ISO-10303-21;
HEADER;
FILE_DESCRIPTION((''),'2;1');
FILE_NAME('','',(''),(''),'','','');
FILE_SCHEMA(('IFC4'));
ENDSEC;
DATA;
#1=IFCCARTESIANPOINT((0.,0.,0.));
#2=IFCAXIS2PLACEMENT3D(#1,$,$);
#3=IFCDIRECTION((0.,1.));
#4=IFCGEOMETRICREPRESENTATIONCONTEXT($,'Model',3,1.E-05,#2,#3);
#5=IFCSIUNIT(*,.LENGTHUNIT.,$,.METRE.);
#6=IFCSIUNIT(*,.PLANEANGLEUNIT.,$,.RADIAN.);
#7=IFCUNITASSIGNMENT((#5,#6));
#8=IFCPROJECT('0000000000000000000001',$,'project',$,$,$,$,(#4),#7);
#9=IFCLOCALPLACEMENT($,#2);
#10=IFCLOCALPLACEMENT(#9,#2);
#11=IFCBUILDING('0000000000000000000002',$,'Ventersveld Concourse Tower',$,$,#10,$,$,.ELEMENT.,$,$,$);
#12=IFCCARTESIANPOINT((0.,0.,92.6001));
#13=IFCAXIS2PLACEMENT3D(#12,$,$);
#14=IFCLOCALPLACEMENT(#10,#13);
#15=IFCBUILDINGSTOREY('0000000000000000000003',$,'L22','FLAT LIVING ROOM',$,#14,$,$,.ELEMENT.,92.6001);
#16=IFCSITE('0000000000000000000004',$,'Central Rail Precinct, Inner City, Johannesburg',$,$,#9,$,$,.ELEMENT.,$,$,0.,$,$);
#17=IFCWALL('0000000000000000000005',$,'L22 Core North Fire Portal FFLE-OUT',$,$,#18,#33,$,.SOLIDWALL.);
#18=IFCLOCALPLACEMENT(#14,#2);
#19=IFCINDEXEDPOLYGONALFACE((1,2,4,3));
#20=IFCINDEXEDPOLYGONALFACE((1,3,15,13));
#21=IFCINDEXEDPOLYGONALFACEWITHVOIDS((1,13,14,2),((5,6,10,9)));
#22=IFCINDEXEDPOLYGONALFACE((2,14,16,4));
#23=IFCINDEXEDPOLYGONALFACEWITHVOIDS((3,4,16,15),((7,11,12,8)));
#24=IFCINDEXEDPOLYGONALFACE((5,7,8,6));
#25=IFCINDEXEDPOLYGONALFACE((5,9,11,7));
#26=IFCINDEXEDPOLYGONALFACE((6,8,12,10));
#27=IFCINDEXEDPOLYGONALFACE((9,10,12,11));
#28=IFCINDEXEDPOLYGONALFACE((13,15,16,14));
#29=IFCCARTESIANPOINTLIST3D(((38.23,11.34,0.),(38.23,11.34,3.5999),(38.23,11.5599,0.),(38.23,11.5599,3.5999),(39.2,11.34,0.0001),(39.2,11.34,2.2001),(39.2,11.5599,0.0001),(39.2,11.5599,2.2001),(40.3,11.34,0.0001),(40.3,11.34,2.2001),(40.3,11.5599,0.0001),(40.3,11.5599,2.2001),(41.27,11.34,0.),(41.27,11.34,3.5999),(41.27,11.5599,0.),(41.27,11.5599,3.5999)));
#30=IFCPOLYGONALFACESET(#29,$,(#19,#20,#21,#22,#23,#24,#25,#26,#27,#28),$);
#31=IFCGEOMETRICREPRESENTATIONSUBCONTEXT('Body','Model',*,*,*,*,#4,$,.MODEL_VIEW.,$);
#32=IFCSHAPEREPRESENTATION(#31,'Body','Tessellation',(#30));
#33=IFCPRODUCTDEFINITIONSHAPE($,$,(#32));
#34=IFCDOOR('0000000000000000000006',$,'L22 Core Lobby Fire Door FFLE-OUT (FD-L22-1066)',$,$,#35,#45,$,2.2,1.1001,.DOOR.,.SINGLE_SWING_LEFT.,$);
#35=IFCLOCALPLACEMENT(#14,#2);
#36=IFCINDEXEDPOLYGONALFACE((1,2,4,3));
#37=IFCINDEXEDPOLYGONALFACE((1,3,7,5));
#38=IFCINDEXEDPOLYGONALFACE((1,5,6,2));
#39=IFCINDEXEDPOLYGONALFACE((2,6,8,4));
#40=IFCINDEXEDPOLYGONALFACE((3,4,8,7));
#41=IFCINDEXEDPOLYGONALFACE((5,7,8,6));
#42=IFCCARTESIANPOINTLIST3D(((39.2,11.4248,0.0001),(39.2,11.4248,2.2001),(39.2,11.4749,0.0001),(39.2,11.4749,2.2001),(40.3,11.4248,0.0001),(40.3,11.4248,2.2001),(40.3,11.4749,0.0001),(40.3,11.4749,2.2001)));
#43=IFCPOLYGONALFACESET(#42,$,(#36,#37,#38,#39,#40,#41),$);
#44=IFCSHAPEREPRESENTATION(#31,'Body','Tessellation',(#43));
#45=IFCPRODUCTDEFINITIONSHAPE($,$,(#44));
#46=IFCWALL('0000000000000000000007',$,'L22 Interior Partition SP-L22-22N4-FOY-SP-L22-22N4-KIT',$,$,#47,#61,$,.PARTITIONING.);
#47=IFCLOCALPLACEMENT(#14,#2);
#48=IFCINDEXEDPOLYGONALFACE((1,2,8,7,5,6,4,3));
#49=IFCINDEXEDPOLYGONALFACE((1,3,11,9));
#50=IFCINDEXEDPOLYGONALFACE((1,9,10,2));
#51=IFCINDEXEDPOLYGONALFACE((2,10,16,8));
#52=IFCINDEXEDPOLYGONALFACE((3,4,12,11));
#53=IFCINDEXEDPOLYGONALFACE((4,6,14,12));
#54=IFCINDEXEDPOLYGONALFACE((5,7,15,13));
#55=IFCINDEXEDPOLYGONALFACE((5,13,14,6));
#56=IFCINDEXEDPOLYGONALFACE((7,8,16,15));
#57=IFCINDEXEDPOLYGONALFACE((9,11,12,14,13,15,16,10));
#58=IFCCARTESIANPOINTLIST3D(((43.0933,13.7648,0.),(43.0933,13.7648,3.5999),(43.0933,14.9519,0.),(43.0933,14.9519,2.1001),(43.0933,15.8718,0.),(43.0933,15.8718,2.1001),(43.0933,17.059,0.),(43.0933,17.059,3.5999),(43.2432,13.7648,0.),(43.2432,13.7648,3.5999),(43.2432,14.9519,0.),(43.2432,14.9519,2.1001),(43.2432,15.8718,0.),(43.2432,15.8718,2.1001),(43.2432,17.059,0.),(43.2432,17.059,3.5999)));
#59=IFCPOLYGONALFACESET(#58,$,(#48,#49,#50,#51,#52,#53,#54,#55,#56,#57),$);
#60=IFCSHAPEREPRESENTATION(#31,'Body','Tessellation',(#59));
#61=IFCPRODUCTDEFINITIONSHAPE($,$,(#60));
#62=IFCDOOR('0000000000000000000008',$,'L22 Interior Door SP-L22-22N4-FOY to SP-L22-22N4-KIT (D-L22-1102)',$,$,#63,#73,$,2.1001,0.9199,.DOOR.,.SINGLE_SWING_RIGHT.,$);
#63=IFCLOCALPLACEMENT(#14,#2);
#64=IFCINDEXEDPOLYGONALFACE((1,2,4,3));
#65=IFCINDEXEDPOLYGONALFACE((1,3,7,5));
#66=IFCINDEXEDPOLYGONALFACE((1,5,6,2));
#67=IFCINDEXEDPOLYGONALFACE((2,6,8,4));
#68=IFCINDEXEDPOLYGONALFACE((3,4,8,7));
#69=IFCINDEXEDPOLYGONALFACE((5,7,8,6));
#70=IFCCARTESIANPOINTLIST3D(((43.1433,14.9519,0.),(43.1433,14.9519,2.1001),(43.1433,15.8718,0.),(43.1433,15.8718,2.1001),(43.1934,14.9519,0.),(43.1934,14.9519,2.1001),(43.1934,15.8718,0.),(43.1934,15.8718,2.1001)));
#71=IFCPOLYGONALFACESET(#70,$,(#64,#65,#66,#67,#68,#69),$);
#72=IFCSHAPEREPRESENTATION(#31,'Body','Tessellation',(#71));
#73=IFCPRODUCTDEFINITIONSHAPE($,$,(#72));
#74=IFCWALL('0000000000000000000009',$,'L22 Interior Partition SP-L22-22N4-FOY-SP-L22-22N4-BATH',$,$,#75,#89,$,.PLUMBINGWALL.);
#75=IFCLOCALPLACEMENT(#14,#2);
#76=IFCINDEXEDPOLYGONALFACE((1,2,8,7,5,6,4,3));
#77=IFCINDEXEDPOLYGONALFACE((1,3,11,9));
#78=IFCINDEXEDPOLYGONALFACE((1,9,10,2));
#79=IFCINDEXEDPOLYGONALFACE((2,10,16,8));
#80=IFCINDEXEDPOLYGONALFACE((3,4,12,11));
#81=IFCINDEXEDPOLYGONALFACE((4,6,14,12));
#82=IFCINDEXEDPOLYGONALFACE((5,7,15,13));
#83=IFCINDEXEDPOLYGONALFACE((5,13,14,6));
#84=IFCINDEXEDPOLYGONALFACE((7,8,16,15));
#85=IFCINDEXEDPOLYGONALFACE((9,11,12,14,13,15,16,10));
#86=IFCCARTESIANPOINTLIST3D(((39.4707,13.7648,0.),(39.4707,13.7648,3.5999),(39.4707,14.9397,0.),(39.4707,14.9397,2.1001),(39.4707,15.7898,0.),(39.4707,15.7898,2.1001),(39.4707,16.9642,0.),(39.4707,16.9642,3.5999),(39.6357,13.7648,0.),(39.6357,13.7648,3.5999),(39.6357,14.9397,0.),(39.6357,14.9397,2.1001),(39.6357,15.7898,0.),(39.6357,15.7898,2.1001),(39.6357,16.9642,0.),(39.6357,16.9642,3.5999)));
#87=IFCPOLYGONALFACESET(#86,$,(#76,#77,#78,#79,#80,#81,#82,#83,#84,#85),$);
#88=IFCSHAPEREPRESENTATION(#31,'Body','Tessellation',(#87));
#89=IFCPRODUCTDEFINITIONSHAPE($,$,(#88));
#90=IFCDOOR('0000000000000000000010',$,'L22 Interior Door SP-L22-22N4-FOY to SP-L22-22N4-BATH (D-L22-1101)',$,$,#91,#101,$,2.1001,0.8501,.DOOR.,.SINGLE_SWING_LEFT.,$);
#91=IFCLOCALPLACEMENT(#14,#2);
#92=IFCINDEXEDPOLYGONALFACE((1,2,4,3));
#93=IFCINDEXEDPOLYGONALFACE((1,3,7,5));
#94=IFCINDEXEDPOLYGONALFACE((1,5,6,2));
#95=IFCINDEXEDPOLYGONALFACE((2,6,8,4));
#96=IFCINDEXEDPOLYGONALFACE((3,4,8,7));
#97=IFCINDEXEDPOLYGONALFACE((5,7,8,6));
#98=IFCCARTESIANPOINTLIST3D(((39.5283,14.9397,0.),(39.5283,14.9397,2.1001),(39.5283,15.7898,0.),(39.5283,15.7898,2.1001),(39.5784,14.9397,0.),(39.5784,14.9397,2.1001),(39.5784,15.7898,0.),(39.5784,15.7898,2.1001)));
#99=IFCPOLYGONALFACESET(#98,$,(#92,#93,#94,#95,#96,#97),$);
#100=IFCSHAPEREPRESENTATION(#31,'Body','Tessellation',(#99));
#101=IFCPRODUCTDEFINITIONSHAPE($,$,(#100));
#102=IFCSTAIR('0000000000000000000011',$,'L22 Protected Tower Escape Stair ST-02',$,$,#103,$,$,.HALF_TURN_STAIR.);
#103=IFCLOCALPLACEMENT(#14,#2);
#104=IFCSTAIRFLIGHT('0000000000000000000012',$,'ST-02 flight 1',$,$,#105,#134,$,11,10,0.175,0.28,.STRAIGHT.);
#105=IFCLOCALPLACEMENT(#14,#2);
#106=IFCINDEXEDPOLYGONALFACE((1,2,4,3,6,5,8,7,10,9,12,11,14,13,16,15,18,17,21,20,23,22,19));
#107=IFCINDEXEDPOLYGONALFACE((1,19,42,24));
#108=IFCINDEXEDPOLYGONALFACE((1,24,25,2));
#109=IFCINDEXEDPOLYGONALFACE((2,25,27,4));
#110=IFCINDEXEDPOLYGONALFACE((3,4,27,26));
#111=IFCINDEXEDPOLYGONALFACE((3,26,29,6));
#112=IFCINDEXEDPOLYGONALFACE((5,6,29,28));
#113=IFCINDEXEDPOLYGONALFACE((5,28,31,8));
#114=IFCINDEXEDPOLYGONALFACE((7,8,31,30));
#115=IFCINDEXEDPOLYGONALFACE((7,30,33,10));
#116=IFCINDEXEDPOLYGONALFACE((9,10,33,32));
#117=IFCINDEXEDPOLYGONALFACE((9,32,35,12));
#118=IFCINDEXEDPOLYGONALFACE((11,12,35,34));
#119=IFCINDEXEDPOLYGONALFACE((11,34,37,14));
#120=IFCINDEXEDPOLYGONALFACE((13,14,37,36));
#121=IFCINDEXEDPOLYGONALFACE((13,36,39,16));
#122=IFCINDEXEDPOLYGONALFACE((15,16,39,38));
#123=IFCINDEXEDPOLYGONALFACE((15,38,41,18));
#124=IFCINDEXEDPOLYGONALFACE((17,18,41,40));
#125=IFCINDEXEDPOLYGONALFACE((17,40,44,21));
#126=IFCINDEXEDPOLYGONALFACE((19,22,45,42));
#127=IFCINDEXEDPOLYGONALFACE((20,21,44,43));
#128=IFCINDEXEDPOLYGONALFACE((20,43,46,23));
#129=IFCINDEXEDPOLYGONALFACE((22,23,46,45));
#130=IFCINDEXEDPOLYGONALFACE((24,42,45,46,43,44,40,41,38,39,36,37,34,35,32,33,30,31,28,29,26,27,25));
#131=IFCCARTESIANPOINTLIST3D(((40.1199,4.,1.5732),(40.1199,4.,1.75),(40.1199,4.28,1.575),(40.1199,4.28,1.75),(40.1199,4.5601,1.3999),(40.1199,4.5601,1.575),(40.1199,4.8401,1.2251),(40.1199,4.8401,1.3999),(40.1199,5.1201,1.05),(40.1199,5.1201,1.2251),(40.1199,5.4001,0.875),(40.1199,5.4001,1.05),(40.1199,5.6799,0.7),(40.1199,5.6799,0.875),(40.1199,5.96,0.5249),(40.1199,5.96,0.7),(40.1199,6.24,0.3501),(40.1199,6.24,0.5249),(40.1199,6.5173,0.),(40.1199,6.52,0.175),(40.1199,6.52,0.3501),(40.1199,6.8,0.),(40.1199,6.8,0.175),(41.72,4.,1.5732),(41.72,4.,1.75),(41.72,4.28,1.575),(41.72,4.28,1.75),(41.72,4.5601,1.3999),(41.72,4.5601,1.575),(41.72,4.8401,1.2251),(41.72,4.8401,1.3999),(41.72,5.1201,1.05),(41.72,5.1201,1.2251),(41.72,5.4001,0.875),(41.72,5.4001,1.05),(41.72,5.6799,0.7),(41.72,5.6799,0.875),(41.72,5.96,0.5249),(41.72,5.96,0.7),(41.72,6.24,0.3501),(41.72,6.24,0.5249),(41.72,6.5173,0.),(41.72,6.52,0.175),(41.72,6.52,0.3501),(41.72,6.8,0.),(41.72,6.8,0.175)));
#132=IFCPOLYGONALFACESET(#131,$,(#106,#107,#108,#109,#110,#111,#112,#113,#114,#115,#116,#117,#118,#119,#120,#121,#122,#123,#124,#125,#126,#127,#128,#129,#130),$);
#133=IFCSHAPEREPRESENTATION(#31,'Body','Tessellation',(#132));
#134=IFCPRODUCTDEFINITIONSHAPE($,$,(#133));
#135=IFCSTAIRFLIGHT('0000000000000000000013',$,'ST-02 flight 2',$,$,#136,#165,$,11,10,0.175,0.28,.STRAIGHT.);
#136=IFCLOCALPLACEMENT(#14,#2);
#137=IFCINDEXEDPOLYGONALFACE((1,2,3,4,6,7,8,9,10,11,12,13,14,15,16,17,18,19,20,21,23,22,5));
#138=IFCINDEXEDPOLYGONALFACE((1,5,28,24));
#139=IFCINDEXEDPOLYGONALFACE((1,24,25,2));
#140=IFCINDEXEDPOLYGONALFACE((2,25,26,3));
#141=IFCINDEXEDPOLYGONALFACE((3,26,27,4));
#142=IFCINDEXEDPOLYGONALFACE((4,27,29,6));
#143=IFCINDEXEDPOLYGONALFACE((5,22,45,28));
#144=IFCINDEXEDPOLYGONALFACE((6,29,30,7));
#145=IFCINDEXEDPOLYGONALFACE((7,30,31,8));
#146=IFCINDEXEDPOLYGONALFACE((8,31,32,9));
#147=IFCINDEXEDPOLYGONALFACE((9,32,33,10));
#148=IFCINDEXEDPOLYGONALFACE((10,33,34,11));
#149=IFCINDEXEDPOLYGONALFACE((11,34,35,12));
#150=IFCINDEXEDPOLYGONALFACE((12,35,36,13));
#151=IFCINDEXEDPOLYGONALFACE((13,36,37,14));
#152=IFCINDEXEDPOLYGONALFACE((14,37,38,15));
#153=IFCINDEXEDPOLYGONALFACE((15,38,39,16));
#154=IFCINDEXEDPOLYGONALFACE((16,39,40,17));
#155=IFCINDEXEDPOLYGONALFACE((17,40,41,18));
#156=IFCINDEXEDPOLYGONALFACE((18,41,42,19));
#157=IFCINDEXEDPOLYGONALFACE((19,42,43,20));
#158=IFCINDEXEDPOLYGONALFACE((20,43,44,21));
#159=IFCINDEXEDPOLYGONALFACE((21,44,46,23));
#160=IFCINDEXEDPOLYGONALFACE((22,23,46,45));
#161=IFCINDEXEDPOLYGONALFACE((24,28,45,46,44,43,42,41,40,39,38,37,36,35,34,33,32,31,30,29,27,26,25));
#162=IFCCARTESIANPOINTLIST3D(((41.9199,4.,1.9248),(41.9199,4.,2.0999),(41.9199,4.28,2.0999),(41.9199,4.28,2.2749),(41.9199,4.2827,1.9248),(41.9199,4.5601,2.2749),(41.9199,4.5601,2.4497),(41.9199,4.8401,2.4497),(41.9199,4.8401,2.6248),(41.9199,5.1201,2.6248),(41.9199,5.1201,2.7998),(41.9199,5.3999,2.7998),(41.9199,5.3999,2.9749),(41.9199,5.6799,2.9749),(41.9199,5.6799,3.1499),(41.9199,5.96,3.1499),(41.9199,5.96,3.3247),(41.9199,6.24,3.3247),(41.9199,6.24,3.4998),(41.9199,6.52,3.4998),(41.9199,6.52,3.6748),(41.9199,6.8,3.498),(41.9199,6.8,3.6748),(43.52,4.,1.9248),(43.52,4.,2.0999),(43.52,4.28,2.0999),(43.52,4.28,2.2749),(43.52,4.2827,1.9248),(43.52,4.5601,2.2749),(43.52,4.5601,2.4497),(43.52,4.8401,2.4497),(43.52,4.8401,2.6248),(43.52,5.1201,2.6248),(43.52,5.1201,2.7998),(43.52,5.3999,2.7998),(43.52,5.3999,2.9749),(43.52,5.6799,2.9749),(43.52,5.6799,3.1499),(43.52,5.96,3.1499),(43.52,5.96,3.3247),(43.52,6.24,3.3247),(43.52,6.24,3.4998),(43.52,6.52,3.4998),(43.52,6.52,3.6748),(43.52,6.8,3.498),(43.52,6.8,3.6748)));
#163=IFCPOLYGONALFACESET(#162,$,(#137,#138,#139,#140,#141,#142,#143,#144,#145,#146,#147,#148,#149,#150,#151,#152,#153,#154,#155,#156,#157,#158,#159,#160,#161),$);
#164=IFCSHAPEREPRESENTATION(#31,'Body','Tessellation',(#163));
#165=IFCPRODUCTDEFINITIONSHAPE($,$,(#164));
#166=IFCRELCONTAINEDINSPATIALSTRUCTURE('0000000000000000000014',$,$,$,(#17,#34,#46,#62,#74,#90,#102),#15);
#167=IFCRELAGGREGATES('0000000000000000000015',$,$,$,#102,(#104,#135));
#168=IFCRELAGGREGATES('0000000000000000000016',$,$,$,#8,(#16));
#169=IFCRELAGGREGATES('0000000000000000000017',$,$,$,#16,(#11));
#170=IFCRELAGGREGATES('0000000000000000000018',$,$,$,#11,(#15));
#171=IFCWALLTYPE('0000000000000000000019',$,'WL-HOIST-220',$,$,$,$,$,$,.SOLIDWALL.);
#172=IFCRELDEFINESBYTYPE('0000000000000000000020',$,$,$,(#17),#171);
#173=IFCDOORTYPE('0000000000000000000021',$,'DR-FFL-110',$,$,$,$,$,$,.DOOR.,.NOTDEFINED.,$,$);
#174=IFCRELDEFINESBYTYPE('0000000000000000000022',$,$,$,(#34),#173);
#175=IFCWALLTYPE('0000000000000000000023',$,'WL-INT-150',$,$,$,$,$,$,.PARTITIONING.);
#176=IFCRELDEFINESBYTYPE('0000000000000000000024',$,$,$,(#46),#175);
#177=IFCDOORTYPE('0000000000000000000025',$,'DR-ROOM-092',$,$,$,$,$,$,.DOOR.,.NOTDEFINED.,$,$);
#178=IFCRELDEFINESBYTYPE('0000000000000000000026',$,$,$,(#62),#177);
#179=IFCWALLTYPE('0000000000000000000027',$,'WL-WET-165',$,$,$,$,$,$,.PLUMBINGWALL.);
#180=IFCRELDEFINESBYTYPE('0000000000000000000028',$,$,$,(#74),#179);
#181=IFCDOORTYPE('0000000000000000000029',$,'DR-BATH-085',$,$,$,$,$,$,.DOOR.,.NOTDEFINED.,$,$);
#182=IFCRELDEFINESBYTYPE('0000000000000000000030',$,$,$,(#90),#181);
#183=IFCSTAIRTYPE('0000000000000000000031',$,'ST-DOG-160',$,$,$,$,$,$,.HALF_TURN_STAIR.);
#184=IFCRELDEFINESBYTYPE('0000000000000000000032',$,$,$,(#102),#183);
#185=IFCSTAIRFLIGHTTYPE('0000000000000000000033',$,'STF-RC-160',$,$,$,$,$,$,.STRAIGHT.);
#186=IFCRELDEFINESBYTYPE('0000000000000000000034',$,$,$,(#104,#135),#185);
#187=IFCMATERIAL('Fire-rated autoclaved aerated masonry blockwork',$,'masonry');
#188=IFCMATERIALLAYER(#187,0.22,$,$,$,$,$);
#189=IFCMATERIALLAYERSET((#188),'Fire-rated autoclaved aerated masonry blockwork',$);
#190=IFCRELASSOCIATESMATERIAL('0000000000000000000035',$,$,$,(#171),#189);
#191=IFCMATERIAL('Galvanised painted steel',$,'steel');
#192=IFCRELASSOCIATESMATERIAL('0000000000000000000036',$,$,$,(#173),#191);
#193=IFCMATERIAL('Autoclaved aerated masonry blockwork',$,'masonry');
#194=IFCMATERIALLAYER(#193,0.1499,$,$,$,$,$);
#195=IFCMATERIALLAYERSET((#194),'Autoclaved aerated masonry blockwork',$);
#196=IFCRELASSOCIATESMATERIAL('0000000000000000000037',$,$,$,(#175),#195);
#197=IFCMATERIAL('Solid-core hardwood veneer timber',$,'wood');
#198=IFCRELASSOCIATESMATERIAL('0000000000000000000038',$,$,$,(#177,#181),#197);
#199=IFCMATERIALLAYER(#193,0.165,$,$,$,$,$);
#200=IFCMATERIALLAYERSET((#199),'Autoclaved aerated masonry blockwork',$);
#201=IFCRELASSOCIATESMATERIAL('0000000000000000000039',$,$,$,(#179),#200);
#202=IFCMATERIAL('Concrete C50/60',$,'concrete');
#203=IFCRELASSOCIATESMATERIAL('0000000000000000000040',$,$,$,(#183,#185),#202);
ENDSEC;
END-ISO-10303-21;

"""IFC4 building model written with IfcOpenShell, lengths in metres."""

from ifc_helpers import new_model, si_unit, direction, frame, frame_2d, origin, place, context, subcontext, project, spatial, polyline, rectangle, outline, extrude, material, layer, layer_set, type_object, element, fill, aggregate, save


model = new_model("IFC4")

# Units and contexts
model_context = context("Model", 3, precision=1e-05, world=origin(), true_north=direction((0.0, 1.0)))
body_context = subcontext(model_context, "Body", "Model", "MODEL_VIEW")
ifc_project = project(units=[si_unit("LENGTHUNIT", "METRE"), si_unit("PLANEANGLEUNIT", "RADIAN")], contexts=[model_context])

# Site, building, storey
site_placement = place(None, origin())
site = spatial("IfcSite", under=ifc_project, at=site_placement, Name="Central Rail Precinct, Inner City, Johannesburg", CompositionType="ELEMENT", RefElevation=0.0)
building_placement = place(site_placement, origin())
building = spatial("IfcBuilding", under=site, at=building_placement, Name="Ventersveld Concourse Tower", CompositionType="ELEMENT")
storey_placement = place(building_placement, frame((0.0, 0.0, 92.6001)))
storey = spatial("IfcBuildingStorey", under=building, at=storey_placement, Name="L22", Description="FLAT LIVING ROOM", CompositionType="ELEMENT", Elevation=92.6001)

# Shared definitions
ifc_material_1 = material(Name="Fire-rated autoclaved aerated masonry blockwork", Category="masonry")
ifc_layer_1 = layer(ifc_material_1, 0.22)
ifc_layer_set_1 = layer_set([ifc_layer_1], Name="Fire-rated autoclaved aerated masonry blockwork")
wall_type_1 = type_object("IfcWallType", Name="WL-HOIST-220", PredefinedType="SOLIDWALL", material=ifc_layer_set_1)

# Walls, openings, doors
ifc_material_2 = material(Name="Galvanised painted steel", Category="steel")
wall_1_placement = place(storey_placement, frame((38.23, 11.45, 0.0), z_axis=(0.0, 0.0, 1.0), x_axis=(1.0, 0.0, 0.0)))
wall_1 = element("IfcWall", 1, at=wall_1_placement, inside=storey, type_object=wall_type_1, Name="L22 Core North Fire Portal FFLE-OUT", PredefinedType="SOLIDWALL", context=body_context, shape_type="SweptSolid", body=[
    extrude(rectangle(XDim=3.04, YDim=0.22, at=frame_2d((1.52, 0.0))), origin(), (0.0, 0.0, 1.0), 3.5999),
])
opening_1_placement = place(wall_1_placement, frame((0.97, 0.0, 0.0)))
opening_1 = element("IfcOpeningElement", 2, at=opening_1_placement, cuts=wall_1, PredefinedType="OPENING", context=body_context, shape_type="SweptSolid", body=[
    extrude(rectangle(XDim=1.1001, YDim=2.2, at=frame_2d((0.55, 1.1001))), frame((0.0, 0.1201, 0.0), z_axis=(0.0, -1.0, 0.0), x_axis=(1.0, 0.0, 0.0)), (0.0, 0.0, 1.0), 0.24),
])
door_type_1 = type_object("IfcDoorType", Name="DR-FFL-110", OperationType="NOTDEFINED", PredefinedType="DOOR", material=ifc_material_2)
door_1_placement = place(opening_1_placement, origin())
door_1 = element("IfcDoor", 3, at=door_1_placement, inside=storey, type_object=door_type_1, Name="L22 Core Lobby Fire Door FFLE-OUT (FD-L22-1066)", OperationType="SINGLE_SWING_LEFT", OverallHeight=2.2, OverallWidth=1.1001, PredefinedType="DOOR", context=body_context, shape_type="SweptSolid", body=[
    extrude(rectangle(XDim=1.1001, YDim=2.2, at=frame_2d((0.55, 1.1001))), frame((0.0, 0.0249, 0.0), z_axis=(0.0, -1.0, 0.0), x_axis=(1.0, 0.0, 0.0)), (0.0, 0.0, 1.0), 0.05),
])
fill(opening_1, door_1)
ifc_material_3 = material(Name="Autoclaved aerated masonry blockwork", Category="masonry")
ifc_layer_2 = layer(ifc_material_3, 0.1499)
ifc_layer_set_2 = layer_set([ifc_layer_2], Name="Autoclaved aerated masonry blockwork")
wall_type_2 = type_object("IfcWallType", Name="WL-INT-150", PredefinedType="PARTITIONING", material=ifc_layer_set_2)
wall_2_placement = place(storey_placement, frame((43.1682, 13.7649, 0.0), z_axis=(0.0, 0.0, 1.0), x_axis=(0.0, 1.0, 0.0)))
wall_2 = element("IfcWall", 4, at=wall_2_placement, inside=storey, type_object=wall_type_2, Name="L22 Interior Partition SP-L22-22N4-FOY-SP-L22-22N4-KIT", PredefinedType="PARTITIONING", context=body_context, shape_type="SweptSolid", body=[
    extrude(rectangle(XDim=3.2942, YDim=0.1499, at=frame_2d((1.647, 0.0))), origin(), (0.0, 0.0, 1.0), 3.5999),
])
opening_2_placement = place(wall_2_placement, frame((1.187, 0.0, 0.0)))
opening_2 = element("IfcOpeningElement", 5, at=opening_2_placement, cuts=wall_2, PredefinedType="OPENING", context=body_context, shape_type="SweptSolid", body=[
    extrude(rectangle(XDim=0.9199, YDim=2.1001, at=frame_2d((0.46, 1.05))), frame((0.0, 0.085, 0.0), z_axis=(0.0, -1.0, 0.0), x_axis=(1.0, 0.0, 0.0)), (0.0, 0.0, 1.0), 0.1699),
])
ifc_material_4 = material(Name="Solid-core hardwood veneer timber", Category="wood")
door_type_2 = type_object("IfcDoorType", Name="DR-ROOM-092", OperationType="NOTDEFINED", PredefinedType="DOOR", material=ifc_material_4)
door_2_placement = place(opening_2_placement, origin())
door_2 = element("IfcDoor", 6, at=door_2_placement, inside=storey, type_object=door_type_2, Name="L22 Interior Door SP-L22-22N4-FOY to SP-L22-22N4-KIT (D-L22-1102)", OperationType="SINGLE_SWING_RIGHT", OverallHeight=2.1001, OverallWidth=0.9199, PredefinedType="DOOR", context=body_context, shape_type="SweptSolid", body=[
    extrude(rectangle(XDim=0.9199, YDim=2.1001, at=frame_2d((0.46, 1.05))), frame((0.0, 0.0249, 0.0), z_axis=(0.0, -1.0, 0.0), x_axis=(1.0, 0.0, 0.0)), (0.0, 0.0, 1.0), 0.05),
])
fill(opening_2, door_2)
ifc_layer_3 = layer(ifc_material_3, 0.165)
ifc_layer_set_3 = layer_set([ifc_layer_3], Name="Autoclaved aerated masonry blockwork")
wall_type_3 = type_object("IfcWallType", Name="WL-WET-165", PredefinedType="PLUMBINGWALL", material=ifc_layer_set_3)
wall_3_placement = place(storey_placement, frame((39.5532, 13.7649, 0.0), z_axis=(0.0, 0.0, 1.0), x_axis=(0.0, 1.0, 0.0)))
wall_3 = element("IfcWall", 7, at=wall_3_placement, inside=storey, type_object=wall_type_3, Name="L22 Interior Partition SP-L22-22N4-FOY-SP-L22-22N4-BATH", PredefinedType="PLUMBINGWALL", context=body_context, shape_type="SweptSolid", body=[
    extrude(rectangle(XDim=3.1995, YDim=0.165, at=frame_2d((1.5996, 0.0))), origin(), (0.0, 0.0, 1.0), 3.5999),
])
opening_3_placement = place(wall_3_placement, frame((1.1748, 0.0, 0.0)))
opening_3 = element("IfcOpeningElement", 8, at=opening_3_placement, cuts=wall_3, PredefinedType="OPENING", context=body_context, shape_type="SweptSolid", body=[
    extrude(rectangle(XDim=0.8501, YDim=2.1001, at=frame_2d((0.425, 1.05))), frame((0.0, 0.0925, 0.0), z_axis=(0.0, -1.0, 0.0), x_axis=(1.0, 0.0, 0.0)), (0.0, 0.0, 1.0), 0.1851),
])
door_type_3 = type_object("IfcDoorType", Name="DR-BATH-085", OperationType="NOTDEFINED", PredefinedType="DOOR", material=ifc_material_4)
door_3_placement = place(opening_3_placement, origin())
door_3 = element("IfcDoor", 9, at=door_3_placement, inside=storey, type_object=door_type_3, Name="L22 Interior Door SP-L22-22N4-FOY to SP-L22-22N4-BATH (D-L22-1101)", OperationType="SINGLE_SWING_LEFT", OverallHeight=2.1001, OverallWidth=0.8501, PredefinedType="DOOR", context=body_context, shape_type="SweptSolid", body=[
    extrude(rectangle(XDim=0.8501, YDim=2.1001, at=frame_2d((0.425, 1.05))), frame((0.0, 0.0249, 0.0), z_axis=(0.0, -1.0, 0.0), x_axis=(1.0, 0.0, 0.0)), (0.0, 0.0, 1.0), 0.05),
])
fill(opening_3, door_3)

# Stair, stair flights
ifc_material_5 = material(Name="Concrete C50/60", Category="concrete")
stair_type = type_object("IfcStairType", Name="ST-DOG-160", PredefinedType="HALF_TURN_STAIR", material=ifc_material_5)
stair_placement = place(storey_placement, origin())
stair = element("IfcStair", 10, at=stair_placement, inside=storey, type_object=stair_type, Name="L22 Protected Tower Escape Stair ST-02", PredefinedType="HALF_TURN_STAIR")
stair_flight_type = type_object("IfcStairFlightType", Name="STF-RC-160", PredefinedType="STRAIGHT", material=ifc_material_5)
stair_flight_1_placement = place(storey_placement, frame((40.9199, 6.8, 0.0), z_axis=(0.0, 0.0, 1.0), x_axis=(0.0, -1.0, 0.0)))
stair_flight_1 = element("IfcStairFlight", 11, at=stair_flight_1_placement, type_object=stair_flight_type, Name="ST-02 flight 1", NumberOfRisers=11, NumberOfTreads=10, PredefinedType="STRAIGHT", RiserHeight=0.175, TreadLength=0.28, context=body_context, shape_type="SweptSolid", body=[
    extrude(outline(polyline([(0.0, 0.0), (0.0, 0.175), (0.28, 0.175), (0.28, 0.3501), (0.5601, 0.3501), (0.5601, 0.5249), (0.8401, 0.5249), (0.8401, 0.7), (1.1201, 0.7), (1.1201, 0.875), (1.3999, 0.875), (1.3999, 1.05), (1.6799, 1.05), (1.6799, 1.2251), (1.96, 1.2251), (1.96, 1.3999), (2.24, 1.3999), (2.24, 1.575), (2.52, 1.575), (2.52, 1.75), (2.8, 1.75), (2.8, 1.925), (2.8, 1.5732), (0.2827, 0.0), (0.0, 0.0)])), frame((0.0, 0.8, 0.0), z_axis=(0.0, -1.0, 0.0), x_axis=(1.0, 0.0, 0.0)), (0.0, 0.0, 1.0), 1.6001),
])
stair_flight_2_placement = place(storey_placement, frame((42.72, 4.0, 1.9248), z_axis=(0.0, 0.0, 1.0), x_axis=(0.0, 1.0, 0.0)))
stair_flight_2 = element("IfcStairFlight", 12, at=stair_flight_2_placement, type_object=stair_flight_type, Name="ST-02 flight 2", NumberOfRisers=11, NumberOfTreads=10, PredefinedType="STRAIGHT", RiserHeight=0.175, TreadLength=0.28, context=body_context, shape_type="SweptSolid", body=[
    extrude(outline(polyline([(0.0, 0.0), (0.0, 0.175), (0.28, 0.175), (0.28, 0.3501), (0.5601, 0.3501), (0.5601, 0.5249), (0.8401, 0.5249), (0.8401, 0.7), (1.1201, 0.7), (1.1201, 0.875), (1.3999, 0.875), (1.3999, 1.05), (1.6799, 1.05), (1.6799, 1.2251), (1.96, 1.2251), (1.96, 1.3999), (2.24, 1.3999), (2.24, 1.575), (2.52, 1.575), (2.52, 1.75), (2.8, 1.75), (2.8, 1.925), (2.8, 1.5732), (0.2827, 0.0), (0.0, 0.0)])), frame((0.0, 0.8, 0.0), z_axis=(0.0, -1.0, 0.0), x_axis=(1.0, 0.0, 0.0)), (0.0, 0.0, 1.0), 1.6001),
])
aggregate(stair, [stair_flight_1, stair_flight_2])

save(model, "model.ifc")
